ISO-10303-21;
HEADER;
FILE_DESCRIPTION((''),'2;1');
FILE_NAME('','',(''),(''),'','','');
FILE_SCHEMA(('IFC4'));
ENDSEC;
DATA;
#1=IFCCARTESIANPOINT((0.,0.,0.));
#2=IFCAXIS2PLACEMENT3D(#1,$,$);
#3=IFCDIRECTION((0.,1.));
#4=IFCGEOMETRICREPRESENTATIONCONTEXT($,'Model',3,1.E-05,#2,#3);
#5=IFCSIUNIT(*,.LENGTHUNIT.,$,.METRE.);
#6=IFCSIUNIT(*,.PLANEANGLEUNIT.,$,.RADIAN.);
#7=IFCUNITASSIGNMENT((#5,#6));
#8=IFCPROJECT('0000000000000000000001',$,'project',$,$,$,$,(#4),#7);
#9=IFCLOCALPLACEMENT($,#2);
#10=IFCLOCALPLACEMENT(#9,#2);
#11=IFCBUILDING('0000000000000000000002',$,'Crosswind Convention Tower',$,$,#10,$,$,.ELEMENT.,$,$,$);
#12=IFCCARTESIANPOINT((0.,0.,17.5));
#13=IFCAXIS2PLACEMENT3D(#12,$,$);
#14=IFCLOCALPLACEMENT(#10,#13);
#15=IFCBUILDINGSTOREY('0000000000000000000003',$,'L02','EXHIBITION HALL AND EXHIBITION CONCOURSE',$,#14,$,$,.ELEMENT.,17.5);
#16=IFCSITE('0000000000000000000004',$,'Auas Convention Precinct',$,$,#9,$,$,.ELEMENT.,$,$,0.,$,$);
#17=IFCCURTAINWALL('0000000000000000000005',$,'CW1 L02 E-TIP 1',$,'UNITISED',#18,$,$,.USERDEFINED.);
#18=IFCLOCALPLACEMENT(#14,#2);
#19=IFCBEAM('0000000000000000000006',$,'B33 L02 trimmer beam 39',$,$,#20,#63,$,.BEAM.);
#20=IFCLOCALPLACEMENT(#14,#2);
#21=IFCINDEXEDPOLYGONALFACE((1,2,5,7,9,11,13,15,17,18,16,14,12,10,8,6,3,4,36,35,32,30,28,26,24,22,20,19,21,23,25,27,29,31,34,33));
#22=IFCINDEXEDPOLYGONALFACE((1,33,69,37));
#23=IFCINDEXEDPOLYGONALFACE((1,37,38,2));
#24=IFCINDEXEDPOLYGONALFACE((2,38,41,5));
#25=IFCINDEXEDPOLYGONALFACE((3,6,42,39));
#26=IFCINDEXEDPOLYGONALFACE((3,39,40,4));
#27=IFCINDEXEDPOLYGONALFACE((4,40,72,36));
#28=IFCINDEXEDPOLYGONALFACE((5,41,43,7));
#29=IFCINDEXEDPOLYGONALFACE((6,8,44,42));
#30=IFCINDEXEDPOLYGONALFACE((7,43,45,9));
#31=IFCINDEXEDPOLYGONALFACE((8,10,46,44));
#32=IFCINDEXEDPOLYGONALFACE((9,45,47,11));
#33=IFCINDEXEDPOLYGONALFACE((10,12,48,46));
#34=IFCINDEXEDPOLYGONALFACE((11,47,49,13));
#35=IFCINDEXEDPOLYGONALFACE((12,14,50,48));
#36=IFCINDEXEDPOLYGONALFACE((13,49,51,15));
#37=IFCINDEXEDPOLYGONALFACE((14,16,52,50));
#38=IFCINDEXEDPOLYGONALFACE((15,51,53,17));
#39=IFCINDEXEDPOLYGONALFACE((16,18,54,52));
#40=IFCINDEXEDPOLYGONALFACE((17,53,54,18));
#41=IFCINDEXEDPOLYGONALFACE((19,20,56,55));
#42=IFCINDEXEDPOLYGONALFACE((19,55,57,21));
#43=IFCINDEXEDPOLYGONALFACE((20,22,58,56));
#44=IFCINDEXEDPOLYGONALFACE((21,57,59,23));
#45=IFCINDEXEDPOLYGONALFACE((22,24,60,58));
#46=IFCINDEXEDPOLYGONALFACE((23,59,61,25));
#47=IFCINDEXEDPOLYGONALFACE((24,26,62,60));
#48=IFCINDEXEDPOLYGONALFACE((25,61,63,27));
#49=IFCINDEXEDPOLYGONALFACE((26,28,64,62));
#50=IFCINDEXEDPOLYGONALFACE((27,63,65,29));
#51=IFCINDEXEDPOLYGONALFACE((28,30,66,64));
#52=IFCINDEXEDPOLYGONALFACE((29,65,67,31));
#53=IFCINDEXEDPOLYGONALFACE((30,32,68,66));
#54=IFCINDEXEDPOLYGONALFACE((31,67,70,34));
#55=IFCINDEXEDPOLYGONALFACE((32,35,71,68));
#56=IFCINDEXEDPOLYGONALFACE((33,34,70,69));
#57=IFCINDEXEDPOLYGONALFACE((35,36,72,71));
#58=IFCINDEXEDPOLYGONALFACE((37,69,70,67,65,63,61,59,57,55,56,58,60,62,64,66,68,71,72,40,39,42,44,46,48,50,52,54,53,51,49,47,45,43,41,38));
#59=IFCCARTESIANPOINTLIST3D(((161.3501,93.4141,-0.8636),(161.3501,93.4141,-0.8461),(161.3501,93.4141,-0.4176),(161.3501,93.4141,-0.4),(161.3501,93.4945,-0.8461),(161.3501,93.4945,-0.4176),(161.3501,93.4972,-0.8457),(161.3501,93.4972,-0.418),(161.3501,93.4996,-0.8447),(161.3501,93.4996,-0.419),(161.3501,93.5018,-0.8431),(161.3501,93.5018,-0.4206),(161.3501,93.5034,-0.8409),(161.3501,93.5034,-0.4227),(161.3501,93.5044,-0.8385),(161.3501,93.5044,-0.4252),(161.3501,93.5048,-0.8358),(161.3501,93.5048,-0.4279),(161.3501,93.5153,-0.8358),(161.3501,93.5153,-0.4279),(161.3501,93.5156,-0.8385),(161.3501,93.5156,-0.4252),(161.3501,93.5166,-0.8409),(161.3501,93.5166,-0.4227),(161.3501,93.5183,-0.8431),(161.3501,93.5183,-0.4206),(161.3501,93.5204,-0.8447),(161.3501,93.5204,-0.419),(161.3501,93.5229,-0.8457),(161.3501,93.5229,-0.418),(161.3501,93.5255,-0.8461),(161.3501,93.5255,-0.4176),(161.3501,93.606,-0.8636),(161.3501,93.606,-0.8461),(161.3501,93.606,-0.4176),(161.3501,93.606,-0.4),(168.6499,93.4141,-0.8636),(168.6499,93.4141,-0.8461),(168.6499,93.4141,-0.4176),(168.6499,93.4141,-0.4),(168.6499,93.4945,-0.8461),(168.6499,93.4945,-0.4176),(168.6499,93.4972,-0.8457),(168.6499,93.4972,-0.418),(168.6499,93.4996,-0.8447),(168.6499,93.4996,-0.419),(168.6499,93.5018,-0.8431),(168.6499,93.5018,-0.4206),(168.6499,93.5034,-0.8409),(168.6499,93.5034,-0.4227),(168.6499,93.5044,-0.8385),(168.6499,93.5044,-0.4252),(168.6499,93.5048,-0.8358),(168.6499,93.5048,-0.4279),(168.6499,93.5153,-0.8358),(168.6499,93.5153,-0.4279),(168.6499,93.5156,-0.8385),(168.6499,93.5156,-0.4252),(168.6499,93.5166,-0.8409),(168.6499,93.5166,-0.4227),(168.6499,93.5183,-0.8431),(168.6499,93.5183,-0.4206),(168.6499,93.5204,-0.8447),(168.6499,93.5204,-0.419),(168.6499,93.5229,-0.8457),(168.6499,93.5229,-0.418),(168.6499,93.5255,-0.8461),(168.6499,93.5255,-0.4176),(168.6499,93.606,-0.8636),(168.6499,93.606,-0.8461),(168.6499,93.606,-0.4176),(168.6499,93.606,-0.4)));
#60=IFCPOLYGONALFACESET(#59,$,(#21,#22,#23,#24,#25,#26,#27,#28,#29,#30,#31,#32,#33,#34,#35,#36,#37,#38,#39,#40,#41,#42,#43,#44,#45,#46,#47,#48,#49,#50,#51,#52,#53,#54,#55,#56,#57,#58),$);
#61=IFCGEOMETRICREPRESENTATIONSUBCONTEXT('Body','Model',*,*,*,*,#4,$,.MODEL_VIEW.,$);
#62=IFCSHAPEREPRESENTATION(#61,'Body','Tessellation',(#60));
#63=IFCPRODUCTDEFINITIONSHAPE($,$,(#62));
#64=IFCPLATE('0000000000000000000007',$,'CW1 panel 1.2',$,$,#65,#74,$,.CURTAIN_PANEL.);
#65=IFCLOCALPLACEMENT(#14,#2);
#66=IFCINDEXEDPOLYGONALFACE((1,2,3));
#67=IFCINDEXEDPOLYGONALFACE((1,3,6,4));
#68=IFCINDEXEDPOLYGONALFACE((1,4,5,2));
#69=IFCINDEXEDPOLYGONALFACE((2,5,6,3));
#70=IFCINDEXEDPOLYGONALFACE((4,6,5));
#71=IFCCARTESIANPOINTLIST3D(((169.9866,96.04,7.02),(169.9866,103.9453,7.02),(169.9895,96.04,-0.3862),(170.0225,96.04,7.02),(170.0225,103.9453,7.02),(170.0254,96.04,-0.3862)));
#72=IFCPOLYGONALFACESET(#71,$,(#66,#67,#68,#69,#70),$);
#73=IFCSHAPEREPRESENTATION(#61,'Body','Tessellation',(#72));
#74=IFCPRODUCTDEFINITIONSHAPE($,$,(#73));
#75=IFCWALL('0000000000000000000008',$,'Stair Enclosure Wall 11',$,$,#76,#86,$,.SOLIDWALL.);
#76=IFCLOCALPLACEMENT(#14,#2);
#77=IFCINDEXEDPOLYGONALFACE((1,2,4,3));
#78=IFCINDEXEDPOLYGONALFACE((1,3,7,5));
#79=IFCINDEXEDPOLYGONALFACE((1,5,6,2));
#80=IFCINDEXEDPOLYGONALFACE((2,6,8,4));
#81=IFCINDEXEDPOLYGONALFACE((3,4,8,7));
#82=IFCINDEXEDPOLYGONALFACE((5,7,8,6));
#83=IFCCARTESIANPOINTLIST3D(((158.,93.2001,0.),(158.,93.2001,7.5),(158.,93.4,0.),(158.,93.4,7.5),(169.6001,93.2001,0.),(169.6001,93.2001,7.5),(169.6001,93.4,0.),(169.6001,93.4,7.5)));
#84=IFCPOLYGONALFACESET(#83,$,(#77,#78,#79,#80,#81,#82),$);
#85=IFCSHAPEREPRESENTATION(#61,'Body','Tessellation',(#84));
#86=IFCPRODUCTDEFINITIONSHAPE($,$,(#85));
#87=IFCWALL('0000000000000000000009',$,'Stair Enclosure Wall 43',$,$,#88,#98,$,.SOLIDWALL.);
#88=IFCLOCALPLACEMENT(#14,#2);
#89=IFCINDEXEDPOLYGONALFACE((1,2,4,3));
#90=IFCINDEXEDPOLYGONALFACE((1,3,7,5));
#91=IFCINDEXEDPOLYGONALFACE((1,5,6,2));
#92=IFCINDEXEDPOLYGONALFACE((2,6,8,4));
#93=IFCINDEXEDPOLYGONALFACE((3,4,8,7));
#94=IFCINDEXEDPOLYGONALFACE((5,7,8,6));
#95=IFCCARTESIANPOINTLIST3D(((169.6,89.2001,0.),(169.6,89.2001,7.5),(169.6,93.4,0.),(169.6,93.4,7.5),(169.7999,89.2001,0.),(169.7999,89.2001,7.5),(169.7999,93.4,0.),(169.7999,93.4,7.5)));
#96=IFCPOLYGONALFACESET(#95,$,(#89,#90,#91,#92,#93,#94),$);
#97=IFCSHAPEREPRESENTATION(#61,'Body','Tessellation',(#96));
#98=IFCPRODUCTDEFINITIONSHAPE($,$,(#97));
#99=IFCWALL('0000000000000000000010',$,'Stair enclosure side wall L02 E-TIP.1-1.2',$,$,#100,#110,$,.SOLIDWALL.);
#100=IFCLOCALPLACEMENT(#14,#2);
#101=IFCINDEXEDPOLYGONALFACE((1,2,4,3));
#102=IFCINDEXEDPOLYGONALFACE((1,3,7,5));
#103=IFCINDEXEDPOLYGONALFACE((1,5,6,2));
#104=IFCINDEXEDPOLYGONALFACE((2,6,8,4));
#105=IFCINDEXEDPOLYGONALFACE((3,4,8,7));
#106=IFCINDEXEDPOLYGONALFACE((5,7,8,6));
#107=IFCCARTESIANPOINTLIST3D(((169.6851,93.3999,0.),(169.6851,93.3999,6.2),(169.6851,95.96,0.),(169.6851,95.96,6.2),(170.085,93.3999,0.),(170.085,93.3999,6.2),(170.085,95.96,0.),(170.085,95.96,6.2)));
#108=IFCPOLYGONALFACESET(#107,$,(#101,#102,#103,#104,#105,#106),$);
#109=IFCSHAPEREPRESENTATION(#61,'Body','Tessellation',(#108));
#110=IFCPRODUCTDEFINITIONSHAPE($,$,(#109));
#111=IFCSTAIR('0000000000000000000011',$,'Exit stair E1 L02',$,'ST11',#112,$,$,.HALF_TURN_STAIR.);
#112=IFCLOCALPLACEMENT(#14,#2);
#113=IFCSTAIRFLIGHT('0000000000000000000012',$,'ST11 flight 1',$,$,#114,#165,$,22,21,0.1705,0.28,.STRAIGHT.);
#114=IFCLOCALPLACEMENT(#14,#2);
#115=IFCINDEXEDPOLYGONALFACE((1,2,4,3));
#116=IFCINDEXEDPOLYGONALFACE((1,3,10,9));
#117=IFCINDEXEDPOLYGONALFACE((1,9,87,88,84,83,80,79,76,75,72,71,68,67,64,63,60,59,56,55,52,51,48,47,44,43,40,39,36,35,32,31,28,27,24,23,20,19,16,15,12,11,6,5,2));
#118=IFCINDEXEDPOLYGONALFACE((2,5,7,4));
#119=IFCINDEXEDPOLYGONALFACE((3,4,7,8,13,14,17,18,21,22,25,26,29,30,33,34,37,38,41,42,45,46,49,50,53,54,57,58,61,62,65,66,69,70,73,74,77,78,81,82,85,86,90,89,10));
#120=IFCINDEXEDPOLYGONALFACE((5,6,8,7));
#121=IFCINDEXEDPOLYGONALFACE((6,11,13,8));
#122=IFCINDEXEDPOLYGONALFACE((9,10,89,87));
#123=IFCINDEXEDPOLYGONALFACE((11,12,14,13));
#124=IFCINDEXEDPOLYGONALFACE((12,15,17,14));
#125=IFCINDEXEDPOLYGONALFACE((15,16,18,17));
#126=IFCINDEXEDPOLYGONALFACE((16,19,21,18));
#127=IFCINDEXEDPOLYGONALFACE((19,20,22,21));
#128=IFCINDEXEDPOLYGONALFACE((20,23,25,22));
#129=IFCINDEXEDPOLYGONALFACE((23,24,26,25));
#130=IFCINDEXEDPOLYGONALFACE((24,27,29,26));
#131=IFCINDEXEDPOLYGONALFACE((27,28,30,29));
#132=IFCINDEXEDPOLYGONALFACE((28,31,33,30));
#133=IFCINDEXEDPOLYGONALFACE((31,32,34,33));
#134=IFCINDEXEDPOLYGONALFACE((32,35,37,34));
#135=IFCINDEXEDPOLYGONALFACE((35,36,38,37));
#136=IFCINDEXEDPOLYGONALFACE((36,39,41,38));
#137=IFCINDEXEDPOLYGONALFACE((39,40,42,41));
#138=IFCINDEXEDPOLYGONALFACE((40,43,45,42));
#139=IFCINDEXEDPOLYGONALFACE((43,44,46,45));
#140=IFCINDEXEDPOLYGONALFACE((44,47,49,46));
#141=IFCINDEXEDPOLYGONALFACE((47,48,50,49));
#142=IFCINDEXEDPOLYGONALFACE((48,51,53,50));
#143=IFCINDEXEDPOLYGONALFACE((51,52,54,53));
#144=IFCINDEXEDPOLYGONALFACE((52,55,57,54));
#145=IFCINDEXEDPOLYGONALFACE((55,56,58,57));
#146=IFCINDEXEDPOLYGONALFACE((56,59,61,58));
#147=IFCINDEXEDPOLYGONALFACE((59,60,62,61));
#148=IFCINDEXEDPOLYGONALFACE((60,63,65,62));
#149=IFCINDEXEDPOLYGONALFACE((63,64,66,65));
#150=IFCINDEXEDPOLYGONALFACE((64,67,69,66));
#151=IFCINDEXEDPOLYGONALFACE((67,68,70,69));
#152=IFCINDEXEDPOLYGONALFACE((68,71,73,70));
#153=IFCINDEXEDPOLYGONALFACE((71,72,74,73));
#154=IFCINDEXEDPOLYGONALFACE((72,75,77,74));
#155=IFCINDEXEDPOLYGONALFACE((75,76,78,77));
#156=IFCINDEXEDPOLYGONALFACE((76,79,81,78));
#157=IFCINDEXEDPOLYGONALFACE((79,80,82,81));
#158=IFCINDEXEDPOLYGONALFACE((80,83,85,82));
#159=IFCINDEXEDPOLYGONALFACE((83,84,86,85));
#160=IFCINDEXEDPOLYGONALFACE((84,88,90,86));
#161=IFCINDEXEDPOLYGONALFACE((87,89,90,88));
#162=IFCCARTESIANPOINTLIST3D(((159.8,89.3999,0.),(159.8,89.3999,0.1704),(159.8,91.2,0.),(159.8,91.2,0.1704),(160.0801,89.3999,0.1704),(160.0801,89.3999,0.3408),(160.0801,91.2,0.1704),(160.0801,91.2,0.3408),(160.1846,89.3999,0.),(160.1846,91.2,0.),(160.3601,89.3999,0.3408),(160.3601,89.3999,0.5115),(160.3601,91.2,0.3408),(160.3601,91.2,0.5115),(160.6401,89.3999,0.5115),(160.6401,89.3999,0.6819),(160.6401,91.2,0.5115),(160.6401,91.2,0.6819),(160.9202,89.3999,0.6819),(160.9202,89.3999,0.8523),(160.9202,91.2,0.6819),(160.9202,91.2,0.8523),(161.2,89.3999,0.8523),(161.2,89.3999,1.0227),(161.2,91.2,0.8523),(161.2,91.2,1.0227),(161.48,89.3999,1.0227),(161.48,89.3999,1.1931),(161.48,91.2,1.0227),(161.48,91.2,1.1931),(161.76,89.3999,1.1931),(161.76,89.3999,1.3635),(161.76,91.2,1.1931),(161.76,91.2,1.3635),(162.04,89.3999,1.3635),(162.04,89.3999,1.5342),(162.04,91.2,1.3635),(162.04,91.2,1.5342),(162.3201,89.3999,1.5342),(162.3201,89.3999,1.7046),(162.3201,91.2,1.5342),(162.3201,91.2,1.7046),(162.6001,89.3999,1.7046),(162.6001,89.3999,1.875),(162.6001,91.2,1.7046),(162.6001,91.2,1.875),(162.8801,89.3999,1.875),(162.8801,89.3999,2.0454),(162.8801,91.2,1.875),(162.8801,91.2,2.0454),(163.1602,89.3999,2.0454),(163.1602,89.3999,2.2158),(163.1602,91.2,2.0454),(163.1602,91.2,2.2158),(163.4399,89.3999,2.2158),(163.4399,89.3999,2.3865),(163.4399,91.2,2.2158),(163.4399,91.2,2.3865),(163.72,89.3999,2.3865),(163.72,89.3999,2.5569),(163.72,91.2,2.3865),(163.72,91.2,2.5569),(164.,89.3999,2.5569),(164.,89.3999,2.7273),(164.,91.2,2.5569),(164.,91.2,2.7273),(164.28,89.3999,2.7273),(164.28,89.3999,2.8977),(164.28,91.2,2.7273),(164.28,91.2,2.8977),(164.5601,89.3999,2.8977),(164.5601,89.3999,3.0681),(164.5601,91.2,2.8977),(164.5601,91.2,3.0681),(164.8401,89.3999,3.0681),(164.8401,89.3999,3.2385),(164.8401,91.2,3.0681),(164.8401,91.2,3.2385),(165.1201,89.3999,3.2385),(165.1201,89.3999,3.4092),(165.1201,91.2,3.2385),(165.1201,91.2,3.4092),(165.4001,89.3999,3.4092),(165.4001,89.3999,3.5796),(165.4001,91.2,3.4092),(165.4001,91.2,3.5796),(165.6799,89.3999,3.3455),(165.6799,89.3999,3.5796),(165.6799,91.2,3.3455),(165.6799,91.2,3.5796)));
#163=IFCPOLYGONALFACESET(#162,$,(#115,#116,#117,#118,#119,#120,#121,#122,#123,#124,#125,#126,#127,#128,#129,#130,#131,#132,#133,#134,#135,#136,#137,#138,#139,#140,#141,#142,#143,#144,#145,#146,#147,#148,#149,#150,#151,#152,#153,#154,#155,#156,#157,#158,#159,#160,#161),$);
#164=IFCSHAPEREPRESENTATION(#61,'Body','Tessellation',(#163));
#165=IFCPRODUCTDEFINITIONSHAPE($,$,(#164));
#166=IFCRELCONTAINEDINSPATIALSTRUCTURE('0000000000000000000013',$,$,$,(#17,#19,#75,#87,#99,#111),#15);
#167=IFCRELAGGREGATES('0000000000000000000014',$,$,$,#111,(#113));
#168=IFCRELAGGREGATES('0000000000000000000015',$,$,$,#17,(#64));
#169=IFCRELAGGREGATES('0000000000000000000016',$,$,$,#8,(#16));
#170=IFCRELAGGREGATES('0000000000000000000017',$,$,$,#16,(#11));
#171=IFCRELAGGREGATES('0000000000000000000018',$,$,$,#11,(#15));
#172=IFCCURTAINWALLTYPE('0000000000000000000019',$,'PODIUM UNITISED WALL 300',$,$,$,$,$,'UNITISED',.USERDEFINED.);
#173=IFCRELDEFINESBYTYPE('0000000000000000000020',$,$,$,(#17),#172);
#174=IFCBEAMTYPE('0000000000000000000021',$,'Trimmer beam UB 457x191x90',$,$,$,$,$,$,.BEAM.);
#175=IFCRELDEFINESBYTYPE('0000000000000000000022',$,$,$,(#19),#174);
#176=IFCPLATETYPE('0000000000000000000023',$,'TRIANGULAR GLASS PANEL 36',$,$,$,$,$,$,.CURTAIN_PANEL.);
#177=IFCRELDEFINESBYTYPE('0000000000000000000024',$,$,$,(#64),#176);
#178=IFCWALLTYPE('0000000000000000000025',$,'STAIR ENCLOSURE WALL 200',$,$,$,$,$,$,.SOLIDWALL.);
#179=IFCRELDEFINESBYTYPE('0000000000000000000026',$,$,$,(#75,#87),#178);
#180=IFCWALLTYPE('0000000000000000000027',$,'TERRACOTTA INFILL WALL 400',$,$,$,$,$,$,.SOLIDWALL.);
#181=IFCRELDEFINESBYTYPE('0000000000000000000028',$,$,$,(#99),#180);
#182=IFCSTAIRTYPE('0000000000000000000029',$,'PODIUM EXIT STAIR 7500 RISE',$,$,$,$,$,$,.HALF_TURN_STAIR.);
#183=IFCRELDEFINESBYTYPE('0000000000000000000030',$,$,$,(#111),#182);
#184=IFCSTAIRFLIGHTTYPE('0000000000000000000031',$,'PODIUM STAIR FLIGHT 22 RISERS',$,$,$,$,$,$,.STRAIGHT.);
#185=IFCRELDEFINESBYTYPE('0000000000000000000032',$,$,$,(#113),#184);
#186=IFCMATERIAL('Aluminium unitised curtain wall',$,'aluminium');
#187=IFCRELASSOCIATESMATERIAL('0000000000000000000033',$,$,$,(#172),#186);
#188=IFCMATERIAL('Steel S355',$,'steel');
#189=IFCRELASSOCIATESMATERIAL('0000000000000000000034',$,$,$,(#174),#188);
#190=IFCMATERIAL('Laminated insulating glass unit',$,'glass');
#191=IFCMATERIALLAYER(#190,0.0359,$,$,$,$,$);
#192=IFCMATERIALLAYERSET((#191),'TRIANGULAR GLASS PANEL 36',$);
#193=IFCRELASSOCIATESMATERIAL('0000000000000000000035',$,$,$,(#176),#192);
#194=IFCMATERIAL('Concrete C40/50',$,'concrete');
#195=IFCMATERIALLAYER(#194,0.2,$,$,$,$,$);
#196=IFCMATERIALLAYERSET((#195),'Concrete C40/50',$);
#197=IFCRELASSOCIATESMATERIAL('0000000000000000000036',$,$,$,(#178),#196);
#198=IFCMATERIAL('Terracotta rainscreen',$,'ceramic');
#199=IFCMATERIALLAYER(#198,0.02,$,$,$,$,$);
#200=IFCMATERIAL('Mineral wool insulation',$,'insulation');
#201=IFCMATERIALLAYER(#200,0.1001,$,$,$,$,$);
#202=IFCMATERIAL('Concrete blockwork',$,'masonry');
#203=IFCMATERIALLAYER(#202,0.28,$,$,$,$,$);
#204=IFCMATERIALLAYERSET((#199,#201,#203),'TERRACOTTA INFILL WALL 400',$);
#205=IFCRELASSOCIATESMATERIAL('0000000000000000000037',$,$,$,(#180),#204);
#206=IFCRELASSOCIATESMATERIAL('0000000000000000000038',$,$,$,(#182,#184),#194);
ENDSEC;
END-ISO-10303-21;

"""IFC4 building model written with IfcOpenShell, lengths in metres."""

from ifc_helpers import new_model, si_unit, direction, frame, frame_2d, origin, origin_2d, place, context, subcontext, project, spatial, polyline, rectangle, i_section, outline, extrude, material, layer, layer_set, material_profile, profile_set, type_object, element, aggregate, save


model = new_model("IFC4")

# Units and contexts
model_context = context("Model", 3, precision=1e-05, world=origin(), true_north=direction((0.0, 1.0)))
body_context = subcontext(model_context, "Body", "Model", "MODEL_VIEW")
ifc_project = project(units=[si_unit("LENGTHUNIT", "METRE"), si_unit("PLANEANGLEUNIT", "RADIAN")], contexts=[model_context])

# Site, building, storey
site_placement = place(None, origin())
site = spatial("IfcSite", under=ifc_project, at=site_placement, Name="Auas Convention Precinct", CompositionType="ELEMENT", RefElevation=0.0)
building_placement = place(site_placement, origin())
building = spatial("IfcBuilding", under=site, at=building_placement, Name="Crosswind Convention Tower", CompositionType="ELEMENT")
storey_placement = place(building_placement, frame((0.0, 0.0, 17.5)))
storey = spatial("IfcBuildingStorey", under=building, at=storey_placement, Name="L02", Description="EXHIBITION HALL AND EXHIBITION CONCOURSE", CompositionType="ELEMENT", Elevation=17.5)

# Curtain wall
ifc_material_1 = material(Name="Aluminium unitised curtain wall", Category="aluminium")
curtain_wall_type = type_object("IfcCurtainWallType", Name="PODIUM UNITISED WALL 300", ElementType="UNITISED", PredefinedType="USERDEFINED", material=ifc_material_1)
curtain_wall_placement = place(storey_placement, origin())
curtain_wall = element("IfcCurtainWall", 1, at=curtain_wall_placement, inside=storey, type_object=curtain_wall_type, Name="CW1 L02 E-TIP 1", ObjectType="UNITISED", PredefinedType="USERDEFINED")

# Shared definitions
ifc_material_2 = material(Name="Steel S355", Category="steel")

# Beam
ifc_material_profile_1 = material_profile(ifc_material_2, i_section(OverallWidth=0.1919, OverallDepth=0.4636, WebThickness=0.0105, FlangeThickness=0.0176, FilletRadius=0.0103, at=origin_2d()), Name="UB 457x191x90")
ifc_profile_set_1 = profile_set([ifc_material_profile_1], Name="Steel S355")
beam_type_1 = type_object("IfcBeamType", Name="Trimmer beam UB 457x191x90", PredefinedType="BEAM", material=ifc_profile_set_1)
beam_1_placement = place(storey_placement, frame((161.3501, 93.51, -0.6318), z_axis=(1.0, 0.0, 0.0), x_axis=(0.0, 1.0, 0.0)))
element("IfcBeam", 2, at=beam_1_placement, inside=storey, type_object=beam_type_1, Name="B33 L02 trimmer beam 39", PredefinedType="BEAM", context=body_context, shape_type="SweptSolid", body=[
    extrude(i_section(OverallWidth=0.1919, OverallDepth=0.4636, WebThickness=0.0105, FlangeThickness=0.0176, FilletRadius=0.0103, at=origin_2d()), origin(), (0.0, 0.0, 1.0), 7.2998),
])

# Plate
ifc_material_3 = material(Name="Laminated insulating glass unit", Category="glass")
ifc_layer_1 = layer(ifc_material_3, 0.0359)
ifc_layer_set_1 = layer_set([ifc_layer_1], Name="TRIANGULAR GLASS PANEL 36")
plate_type = type_object("IfcPlateType", Name="TRIANGULAR GLASS PANEL 36", PredefinedType="CURTAIN_PANEL", material=ifc_layer_set_1)
plate_placement = place(storey_placement, frame((170.0225, 96.04, 7.02), z_axis=(1.0, 0.0, 0.000396), x_axis=(0.000396, 0.0, -1.0)))
plate = element("IfcPlate", 3, at=plate_placement, type_object=plate_type, Name="CW1 panel 1.2", PredefinedType="CURTAIN_PANEL", context=body_context, shape_type="SweptSolid", body=[
    extrude(outline(polyline([(0.0, 0.0), (7.4063, 0.0), (0.0, 7.9053), (0.0, 0.0)])), origin(), (0.0, 0.0, -1.0), 0.0359),
])

# Walls
ifc_material_4 = material(Name="Concrete C40/50", Category="concrete")
ifc_layer_2 = layer(ifc_material_4, 0.2)
ifc_layer_set_2 = layer_set([ifc_layer_2], Name="Concrete C40/50")
wall_type_1 = type_object("IfcWallType", Name="STAIR ENCLOSURE WALL 200", PredefinedType="SOLIDWALL", material=ifc_layer_set_2)
wall_1_placement = place(storey_placement, frame((158.0, 93.3, 0.0), z_axis=(0.0, 0.0, 1.0), x_axis=(1.0, 0.0, 0.0)))
element("IfcWall", 4, at=wall_1_placement, inside=storey, type_object=wall_type_1, Name="Stair Enclosure Wall 11", PredefinedType="SOLIDWALL", context=body_context, shape_type="SweptSolid", body=[
    extrude(rectangle(XDim=11.6001, YDim=0.2, at=frame_2d((5.8, 0.0))), origin(), (0.0, 0.0, 1.0), 7.5),
])
wall_2_placement = place(storey_placement, frame((169.7, 89.2, 0.0), z_axis=(0.0, 0.0, 1.0), x_axis=(0.0, 1.0, 0.0)))
element("IfcWall", 5, at=wall_2_placement, inside=storey, type_object=wall_type_1, Name="Stair Enclosure Wall 43", PredefinedType="SOLIDWALL", context=body_context, shape_type="SweptSolid", body=[
    extrude(rectangle(XDim=4.2, YDim=0.2, at=frame_2d((2.1001, 0.0))), origin(), (0.0, 0.0, 1.0), 7.5),
])
ifc_material_5 = material(Name="Terracotta rainscreen", Category="ceramic")
ifc_layer_3 = layer(ifc_material_5, 0.02)
ifc_material_6 = material(Name="Mineral wool insulation", Category="insulation")
ifc_layer_4 = layer(ifc_material_6, 0.1001)
ifc_material_7 = material(Name="Concrete blockwork", Category="masonry")
ifc_layer_5 = layer(ifc_material_7, 0.28)
ifc_layer_set_3 = layer_set([ifc_layer_3, ifc_layer_4, ifc_layer_5], Name="TERRACOTTA INFILL WALL 400")
wall_type_2 = type_object("IfcWallType", Name="TERRACOTTA INFILL WALL 400", PredefinedType="SOLIDWALL", material=ifc_layer_set_3)
wall_3_placement = place(storey_placement, frame((169.885, 93.3999, 0.0), z_axis=(0.0, 0.0, 1.0), x_axis=(0.0, 1.0, 0.0)))
element("IfcWall", 6, at=wall_3_placement, inside=storey, type_object=wall_type_2, Name="Stair enclosure side wall L02 E-TIP.1-1.2", PredefinedType="SOLIDWALL", context=body_context, shape_type="SweptSolid", body=[
    extrude(rectangle(XDim=2.5601, YDim=0.3999, at=frame_2d((1.28, 0.0))), origin(), (0.0, 0.0, 1.0), 6.2),
])

# Stair, stair flight
stair_type = type_object("IfcStairType", Name="PODIUM EXIT STAIR 7500 RISE", PredefinedType="HALF_TURN_STAIR", material=ifc_material_4)
stair_placement = place(storey_placement, origin())
stair = element("IfcStair", 7, at=stair_placement, inside=storey, type_object=stair_type, Name="Exit stair E1 L02", ObjectType="ST11", PredefinedType="HALF_TURN_STAIR")
stair_flight_type = type_object("IfcStairFlightType", Name="PODIUM STAIR FLIGHT 22 RISERS", PredefinedType="STRAIGHT", material=ifc_material_4)
stair_flight_1_placement = place(storey_placement, frame((159.8, 90.3, 0.0), z_axis=(0.0, 0.0, 1.0), x_axis=(1.0, 0.0, 0.0)))
stair_flight_1 = element("IfcStairFlight", 8, at=stair_flight_1_placement, type_object=stair_flight_type, Name="ST11 flight 1", NumberOfRisers=22, NumberOfTreads=21, PredefinedType="STRAIGHT", RiserHeight=0.1705, TreadLength=0.28, context=body_context, shape_type="SweptSolid", body=[
    extrude(outline(polyline([(0.0, 0.0), (0.0, 0.1704), (0.28, 0.1704), (0.28, 0.3408), (0.5601, 0.3408), (0.5601, 0.5115), (0.8401, 0.5115), (0.8401, 0.6819), (1.1201, 0.6819), (1.1201, 0.8523), (1.3999, 0.8523), (1.3999, 1.0227), (1.6799, 1.0227), (1.6799, 1.1931), (1.96, 1.1931), (1.96, 1.3635), (2.24, 1.3635), (2.24, 1.5342), (2.52, 1.5342), (2.52, 1.7046), (2.8, 1.7046), (2.8, 1.875), (3.0801, 1.875), (3.0801, 2.0454), (3.3601, 2.0454), (3.3601, 2.2158), (3.6399, 2.2158), (3.6399, 2.3865), (3.9199, 2.3865), (3.9199, 2.5569), (4.2, 2.5569), (4.2, 2.7273), (4.48, 2.7273), (4.48, 2.8977), (4.76, 2.8977), (4.76, 3.0681), (5.04, 3.0681), (5.04, 3.2385), (5.3201, 3.2385), (5.3201, 3.4092), (5.6001, 3.4092), (5.6001, 3.5796), (5.8799, 3.5796), (5.8799, 3.75), (5.8799, 3.3455), (0.3845, 0.0), (0.0, 0.0)])), frame((0.0, 0.8999, 0.0), z_axis=(0.0, -1.0, 0.0), x_axis=(1.0, 0.0, 0.0)), (0.0, 0.0, 1.0), 1.8),
])
aggregate(stair, [stair_flight_1])

aggregate(curtain_wall, [plate])

save(model, "model.ifc")
